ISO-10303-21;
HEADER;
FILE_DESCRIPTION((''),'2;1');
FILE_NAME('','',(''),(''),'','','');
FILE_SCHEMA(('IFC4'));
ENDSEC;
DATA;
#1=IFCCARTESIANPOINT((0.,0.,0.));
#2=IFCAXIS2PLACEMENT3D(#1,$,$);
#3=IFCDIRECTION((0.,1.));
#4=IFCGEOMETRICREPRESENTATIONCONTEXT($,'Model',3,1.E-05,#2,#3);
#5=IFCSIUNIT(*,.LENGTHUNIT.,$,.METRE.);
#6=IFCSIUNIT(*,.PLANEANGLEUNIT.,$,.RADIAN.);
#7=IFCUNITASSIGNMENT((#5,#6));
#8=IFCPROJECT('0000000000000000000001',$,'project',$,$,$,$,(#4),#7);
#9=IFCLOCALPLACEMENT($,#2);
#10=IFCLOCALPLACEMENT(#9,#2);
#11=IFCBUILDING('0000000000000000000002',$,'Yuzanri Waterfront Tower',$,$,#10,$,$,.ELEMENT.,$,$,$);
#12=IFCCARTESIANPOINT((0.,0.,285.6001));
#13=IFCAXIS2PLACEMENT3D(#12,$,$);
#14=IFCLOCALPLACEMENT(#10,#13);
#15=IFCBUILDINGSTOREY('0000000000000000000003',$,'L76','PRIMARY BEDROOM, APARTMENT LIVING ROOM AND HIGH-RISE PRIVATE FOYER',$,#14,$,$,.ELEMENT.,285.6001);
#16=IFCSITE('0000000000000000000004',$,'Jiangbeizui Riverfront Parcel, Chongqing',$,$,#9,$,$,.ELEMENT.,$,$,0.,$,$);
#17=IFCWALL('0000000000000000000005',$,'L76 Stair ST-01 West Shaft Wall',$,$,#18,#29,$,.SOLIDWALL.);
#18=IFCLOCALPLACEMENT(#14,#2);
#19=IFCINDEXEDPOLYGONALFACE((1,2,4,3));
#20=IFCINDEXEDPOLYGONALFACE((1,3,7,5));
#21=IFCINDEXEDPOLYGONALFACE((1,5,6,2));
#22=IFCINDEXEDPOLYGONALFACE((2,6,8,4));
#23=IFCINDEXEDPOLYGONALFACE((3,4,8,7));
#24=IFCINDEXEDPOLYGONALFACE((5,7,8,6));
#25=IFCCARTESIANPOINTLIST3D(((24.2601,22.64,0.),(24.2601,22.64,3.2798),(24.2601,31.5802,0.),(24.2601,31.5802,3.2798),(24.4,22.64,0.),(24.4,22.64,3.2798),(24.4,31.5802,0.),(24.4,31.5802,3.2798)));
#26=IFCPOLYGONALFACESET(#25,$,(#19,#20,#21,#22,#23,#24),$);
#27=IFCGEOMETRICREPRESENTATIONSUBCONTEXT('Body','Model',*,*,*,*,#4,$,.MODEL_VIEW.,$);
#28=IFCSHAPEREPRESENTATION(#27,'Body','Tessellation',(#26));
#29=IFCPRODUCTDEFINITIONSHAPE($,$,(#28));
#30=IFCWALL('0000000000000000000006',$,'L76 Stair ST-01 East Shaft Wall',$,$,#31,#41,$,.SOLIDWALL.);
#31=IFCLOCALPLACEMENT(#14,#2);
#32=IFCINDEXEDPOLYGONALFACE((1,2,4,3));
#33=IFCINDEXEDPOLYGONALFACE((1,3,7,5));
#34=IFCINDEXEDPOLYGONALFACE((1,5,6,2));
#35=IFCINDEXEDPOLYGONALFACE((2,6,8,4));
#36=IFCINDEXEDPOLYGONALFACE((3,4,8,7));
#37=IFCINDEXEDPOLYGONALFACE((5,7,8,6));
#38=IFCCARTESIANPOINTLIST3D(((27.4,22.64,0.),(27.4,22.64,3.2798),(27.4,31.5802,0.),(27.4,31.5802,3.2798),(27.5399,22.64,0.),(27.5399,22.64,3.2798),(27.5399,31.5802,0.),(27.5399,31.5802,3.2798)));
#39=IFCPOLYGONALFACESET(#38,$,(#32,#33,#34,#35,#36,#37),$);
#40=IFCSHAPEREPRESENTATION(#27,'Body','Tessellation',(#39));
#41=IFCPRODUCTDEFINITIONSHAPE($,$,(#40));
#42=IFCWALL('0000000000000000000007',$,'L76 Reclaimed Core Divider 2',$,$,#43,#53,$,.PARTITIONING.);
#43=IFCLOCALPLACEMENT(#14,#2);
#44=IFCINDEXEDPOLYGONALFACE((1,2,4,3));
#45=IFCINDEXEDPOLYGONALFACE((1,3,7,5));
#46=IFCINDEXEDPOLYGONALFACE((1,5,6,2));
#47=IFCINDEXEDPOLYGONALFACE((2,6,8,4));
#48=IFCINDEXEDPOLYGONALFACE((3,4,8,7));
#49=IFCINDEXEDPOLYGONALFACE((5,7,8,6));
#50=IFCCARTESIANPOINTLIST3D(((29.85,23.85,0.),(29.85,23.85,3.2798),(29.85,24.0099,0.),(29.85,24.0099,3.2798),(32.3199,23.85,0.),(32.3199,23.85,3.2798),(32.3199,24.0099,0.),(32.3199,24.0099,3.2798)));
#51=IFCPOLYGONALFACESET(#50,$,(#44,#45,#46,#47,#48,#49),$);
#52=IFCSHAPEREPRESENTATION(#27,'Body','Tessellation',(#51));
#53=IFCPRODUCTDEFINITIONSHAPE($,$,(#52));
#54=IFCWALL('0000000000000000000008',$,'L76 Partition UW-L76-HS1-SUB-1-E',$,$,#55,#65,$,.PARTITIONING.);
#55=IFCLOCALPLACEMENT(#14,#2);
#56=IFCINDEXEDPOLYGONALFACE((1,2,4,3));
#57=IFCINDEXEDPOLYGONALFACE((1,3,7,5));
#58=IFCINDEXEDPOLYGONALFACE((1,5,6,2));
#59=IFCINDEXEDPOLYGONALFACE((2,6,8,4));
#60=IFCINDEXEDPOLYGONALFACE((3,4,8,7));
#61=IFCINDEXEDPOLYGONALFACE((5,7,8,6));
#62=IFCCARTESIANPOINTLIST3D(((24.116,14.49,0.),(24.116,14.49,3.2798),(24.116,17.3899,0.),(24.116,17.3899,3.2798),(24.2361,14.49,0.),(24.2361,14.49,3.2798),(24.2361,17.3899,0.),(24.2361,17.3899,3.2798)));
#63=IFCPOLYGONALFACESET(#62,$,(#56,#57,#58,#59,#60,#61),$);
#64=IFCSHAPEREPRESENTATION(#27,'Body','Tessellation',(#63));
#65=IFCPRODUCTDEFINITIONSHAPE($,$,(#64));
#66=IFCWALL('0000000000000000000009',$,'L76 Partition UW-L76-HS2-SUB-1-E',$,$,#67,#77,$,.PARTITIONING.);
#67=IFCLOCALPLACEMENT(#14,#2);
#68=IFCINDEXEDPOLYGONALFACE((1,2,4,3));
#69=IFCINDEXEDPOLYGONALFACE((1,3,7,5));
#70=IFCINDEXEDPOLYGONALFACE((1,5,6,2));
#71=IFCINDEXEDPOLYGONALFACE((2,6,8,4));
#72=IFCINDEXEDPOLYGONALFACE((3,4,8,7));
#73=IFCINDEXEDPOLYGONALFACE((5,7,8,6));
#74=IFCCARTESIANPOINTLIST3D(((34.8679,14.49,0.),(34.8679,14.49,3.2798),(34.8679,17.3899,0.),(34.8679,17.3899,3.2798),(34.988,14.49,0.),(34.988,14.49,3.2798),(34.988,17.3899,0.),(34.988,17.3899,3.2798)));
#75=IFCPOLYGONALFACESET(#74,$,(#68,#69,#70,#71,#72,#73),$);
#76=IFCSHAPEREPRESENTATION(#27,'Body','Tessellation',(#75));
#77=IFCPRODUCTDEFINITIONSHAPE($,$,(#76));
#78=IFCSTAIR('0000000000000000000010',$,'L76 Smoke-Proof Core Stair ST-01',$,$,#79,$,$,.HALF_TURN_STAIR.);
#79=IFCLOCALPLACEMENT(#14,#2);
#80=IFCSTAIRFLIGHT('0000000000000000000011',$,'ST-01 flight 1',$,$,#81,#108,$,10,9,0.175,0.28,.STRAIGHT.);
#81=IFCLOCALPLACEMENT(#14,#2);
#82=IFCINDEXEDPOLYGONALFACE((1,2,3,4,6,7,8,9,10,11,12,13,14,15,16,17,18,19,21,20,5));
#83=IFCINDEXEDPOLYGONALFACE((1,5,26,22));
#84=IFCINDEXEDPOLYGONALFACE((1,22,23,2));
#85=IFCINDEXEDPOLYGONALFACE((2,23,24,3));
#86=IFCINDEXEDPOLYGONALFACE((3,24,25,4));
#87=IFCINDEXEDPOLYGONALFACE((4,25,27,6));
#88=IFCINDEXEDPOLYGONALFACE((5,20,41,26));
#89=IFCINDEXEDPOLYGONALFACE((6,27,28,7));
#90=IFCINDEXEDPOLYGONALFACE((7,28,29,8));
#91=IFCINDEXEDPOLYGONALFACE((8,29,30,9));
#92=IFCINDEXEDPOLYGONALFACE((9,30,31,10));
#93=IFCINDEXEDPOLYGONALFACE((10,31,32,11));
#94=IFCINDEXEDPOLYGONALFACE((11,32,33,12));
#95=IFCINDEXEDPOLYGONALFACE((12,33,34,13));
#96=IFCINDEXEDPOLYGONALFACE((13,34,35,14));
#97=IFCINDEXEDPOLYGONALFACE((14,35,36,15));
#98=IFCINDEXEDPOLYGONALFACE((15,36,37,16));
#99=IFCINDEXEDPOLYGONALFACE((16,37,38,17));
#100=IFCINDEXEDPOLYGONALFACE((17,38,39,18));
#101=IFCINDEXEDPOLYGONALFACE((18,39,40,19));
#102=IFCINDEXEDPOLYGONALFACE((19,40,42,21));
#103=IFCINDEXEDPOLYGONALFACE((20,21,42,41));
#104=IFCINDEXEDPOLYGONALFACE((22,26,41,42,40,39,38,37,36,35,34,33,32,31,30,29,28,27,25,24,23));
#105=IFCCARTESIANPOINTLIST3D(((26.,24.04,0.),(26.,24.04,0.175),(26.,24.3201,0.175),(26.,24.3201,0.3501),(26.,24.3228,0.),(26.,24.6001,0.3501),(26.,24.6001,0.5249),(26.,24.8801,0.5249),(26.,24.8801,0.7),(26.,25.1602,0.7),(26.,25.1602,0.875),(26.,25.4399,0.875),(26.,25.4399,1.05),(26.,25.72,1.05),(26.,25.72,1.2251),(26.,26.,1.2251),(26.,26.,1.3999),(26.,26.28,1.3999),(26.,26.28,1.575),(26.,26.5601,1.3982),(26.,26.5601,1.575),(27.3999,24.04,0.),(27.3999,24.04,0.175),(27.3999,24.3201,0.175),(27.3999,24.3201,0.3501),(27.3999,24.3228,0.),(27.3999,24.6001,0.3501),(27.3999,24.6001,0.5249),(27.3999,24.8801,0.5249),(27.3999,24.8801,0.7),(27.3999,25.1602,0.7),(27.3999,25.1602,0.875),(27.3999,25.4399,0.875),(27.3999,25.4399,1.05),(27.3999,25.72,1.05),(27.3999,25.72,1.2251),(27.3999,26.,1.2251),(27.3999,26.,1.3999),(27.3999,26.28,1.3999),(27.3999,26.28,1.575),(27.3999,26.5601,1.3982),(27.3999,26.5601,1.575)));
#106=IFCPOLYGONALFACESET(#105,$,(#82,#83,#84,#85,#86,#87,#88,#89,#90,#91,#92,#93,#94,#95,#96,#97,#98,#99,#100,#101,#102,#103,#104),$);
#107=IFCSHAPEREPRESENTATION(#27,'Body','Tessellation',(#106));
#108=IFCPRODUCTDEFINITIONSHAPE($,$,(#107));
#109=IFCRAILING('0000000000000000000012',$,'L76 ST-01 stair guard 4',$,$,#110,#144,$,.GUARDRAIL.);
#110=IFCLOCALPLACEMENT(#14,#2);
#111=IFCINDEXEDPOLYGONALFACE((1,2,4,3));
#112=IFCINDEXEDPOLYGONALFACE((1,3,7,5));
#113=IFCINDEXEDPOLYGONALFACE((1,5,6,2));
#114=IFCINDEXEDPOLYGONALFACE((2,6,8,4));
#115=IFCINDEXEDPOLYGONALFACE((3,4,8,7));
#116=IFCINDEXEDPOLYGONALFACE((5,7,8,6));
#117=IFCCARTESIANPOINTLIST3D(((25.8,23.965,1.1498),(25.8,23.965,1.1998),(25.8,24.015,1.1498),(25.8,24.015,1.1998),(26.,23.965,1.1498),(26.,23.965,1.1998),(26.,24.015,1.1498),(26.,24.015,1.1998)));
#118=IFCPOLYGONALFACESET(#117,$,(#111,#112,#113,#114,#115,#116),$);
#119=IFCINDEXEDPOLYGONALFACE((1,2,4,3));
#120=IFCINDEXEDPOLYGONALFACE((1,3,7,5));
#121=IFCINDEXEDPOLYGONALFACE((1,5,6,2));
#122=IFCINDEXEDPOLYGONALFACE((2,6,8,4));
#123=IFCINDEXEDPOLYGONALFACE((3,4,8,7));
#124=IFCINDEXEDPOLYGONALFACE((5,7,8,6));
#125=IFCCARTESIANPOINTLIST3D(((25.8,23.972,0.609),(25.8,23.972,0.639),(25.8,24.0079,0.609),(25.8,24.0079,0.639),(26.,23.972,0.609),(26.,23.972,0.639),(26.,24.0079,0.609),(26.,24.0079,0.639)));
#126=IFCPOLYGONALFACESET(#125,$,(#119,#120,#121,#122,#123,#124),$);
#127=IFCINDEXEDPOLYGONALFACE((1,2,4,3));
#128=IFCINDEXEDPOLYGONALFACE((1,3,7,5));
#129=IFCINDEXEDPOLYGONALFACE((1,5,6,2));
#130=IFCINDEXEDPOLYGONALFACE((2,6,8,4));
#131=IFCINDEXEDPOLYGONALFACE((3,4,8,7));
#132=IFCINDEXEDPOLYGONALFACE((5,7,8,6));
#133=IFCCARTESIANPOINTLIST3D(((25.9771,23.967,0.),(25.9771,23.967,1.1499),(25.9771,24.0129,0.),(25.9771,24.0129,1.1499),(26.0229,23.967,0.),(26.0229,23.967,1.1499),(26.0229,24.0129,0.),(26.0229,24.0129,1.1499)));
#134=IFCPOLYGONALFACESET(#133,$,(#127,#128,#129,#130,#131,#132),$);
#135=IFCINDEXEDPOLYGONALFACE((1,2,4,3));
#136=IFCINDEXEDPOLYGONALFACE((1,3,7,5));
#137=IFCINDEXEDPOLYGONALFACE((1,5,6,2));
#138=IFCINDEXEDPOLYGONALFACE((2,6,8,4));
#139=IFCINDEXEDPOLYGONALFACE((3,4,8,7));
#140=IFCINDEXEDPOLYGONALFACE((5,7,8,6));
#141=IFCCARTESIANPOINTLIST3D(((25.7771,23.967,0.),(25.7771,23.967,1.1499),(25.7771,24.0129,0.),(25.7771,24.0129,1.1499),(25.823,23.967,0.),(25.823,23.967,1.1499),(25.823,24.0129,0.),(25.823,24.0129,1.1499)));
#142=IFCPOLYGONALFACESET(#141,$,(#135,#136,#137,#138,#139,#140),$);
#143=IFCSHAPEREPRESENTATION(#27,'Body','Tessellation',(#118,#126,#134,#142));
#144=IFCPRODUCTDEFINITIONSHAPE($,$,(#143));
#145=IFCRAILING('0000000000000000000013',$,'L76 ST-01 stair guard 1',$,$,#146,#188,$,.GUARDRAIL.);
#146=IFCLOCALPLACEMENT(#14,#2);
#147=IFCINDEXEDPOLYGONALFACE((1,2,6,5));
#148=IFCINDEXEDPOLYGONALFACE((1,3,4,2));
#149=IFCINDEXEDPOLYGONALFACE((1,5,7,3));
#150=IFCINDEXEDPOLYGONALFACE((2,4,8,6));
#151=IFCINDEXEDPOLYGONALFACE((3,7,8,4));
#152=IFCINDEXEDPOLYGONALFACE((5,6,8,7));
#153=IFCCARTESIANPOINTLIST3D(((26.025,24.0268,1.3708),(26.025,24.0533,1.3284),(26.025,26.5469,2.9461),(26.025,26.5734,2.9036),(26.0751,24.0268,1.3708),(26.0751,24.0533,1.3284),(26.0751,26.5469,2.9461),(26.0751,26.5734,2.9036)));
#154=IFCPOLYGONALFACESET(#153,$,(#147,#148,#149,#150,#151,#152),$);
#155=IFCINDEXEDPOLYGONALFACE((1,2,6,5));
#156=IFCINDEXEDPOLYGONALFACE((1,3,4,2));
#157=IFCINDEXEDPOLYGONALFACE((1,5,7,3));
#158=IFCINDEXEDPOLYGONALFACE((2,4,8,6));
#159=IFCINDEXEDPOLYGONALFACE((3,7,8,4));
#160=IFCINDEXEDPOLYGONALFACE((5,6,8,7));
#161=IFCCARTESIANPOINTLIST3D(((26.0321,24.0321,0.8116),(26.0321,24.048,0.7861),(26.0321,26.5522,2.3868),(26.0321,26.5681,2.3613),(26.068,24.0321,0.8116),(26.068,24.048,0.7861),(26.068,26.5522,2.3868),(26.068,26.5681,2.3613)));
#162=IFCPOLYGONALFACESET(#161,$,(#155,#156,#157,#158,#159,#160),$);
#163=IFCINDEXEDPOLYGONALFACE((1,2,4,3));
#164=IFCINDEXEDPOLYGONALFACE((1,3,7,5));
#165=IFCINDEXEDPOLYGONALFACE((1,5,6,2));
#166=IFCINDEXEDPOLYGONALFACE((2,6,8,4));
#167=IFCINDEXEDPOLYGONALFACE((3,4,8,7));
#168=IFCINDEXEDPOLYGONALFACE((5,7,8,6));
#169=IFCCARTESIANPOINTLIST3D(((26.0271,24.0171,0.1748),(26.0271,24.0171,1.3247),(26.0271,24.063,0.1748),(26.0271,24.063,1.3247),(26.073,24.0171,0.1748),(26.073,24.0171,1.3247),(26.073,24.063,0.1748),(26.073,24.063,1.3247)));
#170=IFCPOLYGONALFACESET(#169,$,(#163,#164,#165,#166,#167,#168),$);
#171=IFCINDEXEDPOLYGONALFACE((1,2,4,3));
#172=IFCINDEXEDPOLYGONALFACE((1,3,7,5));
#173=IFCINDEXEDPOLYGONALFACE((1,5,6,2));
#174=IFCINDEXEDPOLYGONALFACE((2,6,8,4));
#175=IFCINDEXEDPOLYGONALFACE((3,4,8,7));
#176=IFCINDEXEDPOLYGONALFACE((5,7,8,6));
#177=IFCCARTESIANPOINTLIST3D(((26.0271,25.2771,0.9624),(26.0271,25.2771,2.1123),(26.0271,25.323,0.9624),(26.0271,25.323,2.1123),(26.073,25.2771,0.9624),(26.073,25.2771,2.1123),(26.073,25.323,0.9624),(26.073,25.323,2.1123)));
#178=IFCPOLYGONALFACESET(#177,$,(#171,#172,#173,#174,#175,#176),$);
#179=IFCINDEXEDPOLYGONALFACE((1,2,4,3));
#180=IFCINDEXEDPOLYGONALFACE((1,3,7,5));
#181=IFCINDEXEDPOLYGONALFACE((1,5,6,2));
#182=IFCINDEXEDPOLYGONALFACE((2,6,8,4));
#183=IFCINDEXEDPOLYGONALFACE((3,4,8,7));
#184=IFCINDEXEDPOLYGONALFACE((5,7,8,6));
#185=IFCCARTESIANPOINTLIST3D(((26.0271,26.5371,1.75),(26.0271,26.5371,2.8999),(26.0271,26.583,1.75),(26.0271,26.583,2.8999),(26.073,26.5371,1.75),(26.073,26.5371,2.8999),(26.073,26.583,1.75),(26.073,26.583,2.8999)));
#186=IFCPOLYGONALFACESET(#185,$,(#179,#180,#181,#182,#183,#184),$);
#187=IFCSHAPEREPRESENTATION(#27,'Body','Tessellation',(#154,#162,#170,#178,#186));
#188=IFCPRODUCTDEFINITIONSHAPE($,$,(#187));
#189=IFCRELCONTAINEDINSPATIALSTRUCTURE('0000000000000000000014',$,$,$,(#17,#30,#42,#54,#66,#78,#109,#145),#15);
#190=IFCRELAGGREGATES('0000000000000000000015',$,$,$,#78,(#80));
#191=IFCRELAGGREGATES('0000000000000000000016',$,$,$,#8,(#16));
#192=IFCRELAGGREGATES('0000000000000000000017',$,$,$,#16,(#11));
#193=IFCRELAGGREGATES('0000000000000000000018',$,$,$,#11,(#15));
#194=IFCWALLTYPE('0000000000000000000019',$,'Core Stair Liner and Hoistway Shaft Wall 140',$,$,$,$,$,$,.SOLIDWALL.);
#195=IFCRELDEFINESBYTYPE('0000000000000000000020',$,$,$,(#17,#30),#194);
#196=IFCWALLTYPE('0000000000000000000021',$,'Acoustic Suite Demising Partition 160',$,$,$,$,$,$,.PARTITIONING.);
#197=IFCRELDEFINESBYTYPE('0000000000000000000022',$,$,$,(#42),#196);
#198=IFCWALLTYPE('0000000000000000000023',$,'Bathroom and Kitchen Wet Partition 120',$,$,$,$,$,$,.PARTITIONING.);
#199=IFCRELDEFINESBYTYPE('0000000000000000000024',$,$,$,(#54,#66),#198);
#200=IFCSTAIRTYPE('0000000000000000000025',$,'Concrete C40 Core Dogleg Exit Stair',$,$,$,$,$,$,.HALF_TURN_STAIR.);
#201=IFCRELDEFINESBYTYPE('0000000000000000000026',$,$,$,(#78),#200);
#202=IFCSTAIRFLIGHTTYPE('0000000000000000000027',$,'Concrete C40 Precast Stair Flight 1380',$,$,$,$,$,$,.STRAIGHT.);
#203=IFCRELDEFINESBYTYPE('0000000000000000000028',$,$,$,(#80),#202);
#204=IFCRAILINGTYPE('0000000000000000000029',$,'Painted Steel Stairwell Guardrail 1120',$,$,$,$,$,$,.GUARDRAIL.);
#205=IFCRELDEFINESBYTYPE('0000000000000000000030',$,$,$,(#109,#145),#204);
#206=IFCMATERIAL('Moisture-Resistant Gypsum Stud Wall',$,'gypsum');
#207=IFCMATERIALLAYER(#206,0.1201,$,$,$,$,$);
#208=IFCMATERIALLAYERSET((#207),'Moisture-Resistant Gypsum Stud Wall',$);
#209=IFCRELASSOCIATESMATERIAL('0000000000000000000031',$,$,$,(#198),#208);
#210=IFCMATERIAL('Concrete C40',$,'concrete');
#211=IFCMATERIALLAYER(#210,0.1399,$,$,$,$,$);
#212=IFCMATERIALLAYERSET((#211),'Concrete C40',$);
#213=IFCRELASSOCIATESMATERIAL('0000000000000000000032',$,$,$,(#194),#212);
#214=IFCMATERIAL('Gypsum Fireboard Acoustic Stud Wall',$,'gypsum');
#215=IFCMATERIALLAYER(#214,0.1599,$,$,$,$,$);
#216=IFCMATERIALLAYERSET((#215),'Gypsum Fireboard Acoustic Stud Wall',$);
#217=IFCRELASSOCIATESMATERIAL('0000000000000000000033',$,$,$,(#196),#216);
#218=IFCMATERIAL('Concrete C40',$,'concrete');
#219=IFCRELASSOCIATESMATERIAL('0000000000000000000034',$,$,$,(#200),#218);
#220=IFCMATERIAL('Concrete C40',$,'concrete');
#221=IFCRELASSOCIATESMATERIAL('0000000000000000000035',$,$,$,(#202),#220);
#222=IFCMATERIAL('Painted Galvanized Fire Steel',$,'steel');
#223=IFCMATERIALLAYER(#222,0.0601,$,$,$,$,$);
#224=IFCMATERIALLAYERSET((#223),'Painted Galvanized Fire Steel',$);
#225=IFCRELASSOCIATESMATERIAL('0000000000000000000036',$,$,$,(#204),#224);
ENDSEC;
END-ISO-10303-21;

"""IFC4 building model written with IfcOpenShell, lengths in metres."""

from ifc_helpers import new_model, si_unit, direction, frame, frame_2d, origin, origin_2d, place, context, subcontext, project, spatial, polyline, rectangle, outline, extrude, source, transform, mapped, material, layer, layer_set, type_object, element, aggregate, save


model = new_model("IFC4")

# Units and contexts
model_context = context("Model", 3, precision=1e-05, world=origin(), true_north=direction((0.0, 1.0)))
body_context = subcontext(model_context, "Body", "Model", "MODEL_VIEW")
ifc_project = project(units=[si_unit("LENGTHUNIT", "METRE"), si_unit("PLANEANGLEUNIT", "RADIAN")], contexts=[model_context])

# Site, building, storey
site_placement = place(None, origin())
site = spatial("IfcSite", under=ifc_project, at=site_placement, Name="Jiangbeizui Riverfront Parcel, Chongqing", CompositionType="ELEMENT", RefElevation=0.0)
building_placement = place(site_placement, origin())
building = spatial("IfcBuilding", under=site, at=building_placement, Name="Yuzanri Waterfront Tower", CompositionType="ELEMENT")
storey_placement = place(building_placement, frame((0.0, 0.0, 285.6001)))
storey = spatial("IfcBuildingStorey", under=building, at=storey_placement, Name="L76", Description="PRIMARY BEDROOM, APARTMENT LIVING ROOM AND HIGH-RISE PRIVATE FOYER", CompositionType="ELEMENT", Elevation=285.6001)

# Shared definitions
ifc_material_1 = material(Name="Moisture-Resistant Gypsum Stud Wall", Category="gypsum")
ifc_layer_1 = layer(ifc_material_1, 0.1201)
ifc_layer_set_1 = layer_set([ifc_layer_1], Name="Moisture-Resistant Gypsum Stud Wall")
wall_type_1 = type_object("IfcWallType", Name="Bathroom and Kitchen Wet Partition 120", PredefinedType="PARTITIONING", material=ifc_layer_set_1)
ifc_material_2 = material(Name="Concrete C40", Category="concrete")
ifc_layer_2 = layer(ifc_material_2, 0.1399)
ifc_layer_set_2 = layer_set([ifc_layer_2], Name="Concrete C40")
wall_type_2 = type_object("IfcWallType", Name="Core Stair Liner and Hoistway Shaft Wall 140", PredefinedType="SOLIDWALL", material=ifc_layer_set_2)

# Walls
shared_shape_1 = source(origin(), body_context, "Body", "SweptSolid", [
    extrude(rectangle(XDim=8.9402, YDim=0.1399, at=frame_2d((4.4702, 0.0))), origin(), (0.0, 0.0, 1.0), 3.2798),
])
for number, where, z_axis, x_axis, name in (
    (1, (24.3301, 22.6399, 0.0), (0.0, 0.0, 1.0), (0.0, 1.0, 0.0), "L76 Stair ST-01 West Shaft Wall"),
    (2, (27.47, 22.6399, 0.0), (0.0, 0.0, 1.0), (0.0, 1.0, 0.0), "L76 Stair ST-01 East Shaft Wall"),
):
    element("IfcWall", number, at=place(storey_placement, frame(where, z_axis=z_axis, x_axis=x_axis)), inside=storey, type_object=wall_type_2, Name=name, PredefinedType="SOLIDWALL", context=body_context, shape_type="MappedRepresentation", body=[
        mapped(shared_shape_1, transform((0.0, 0.0, 0.0), scale=1.0)),
    ])
ifc_material_3 = material(Name="Gypsum Fireboard Acoustic Stud Wall", Category="gypsum")
ifc_layer_3 = layer(ifc_material_3, 0.1599)
ifc_layer_set_3 = layer_set([ifc_layer_3], Name="Gypsum Fireboard Acoustic Stud Wall")
wall_type_3 = type_object("IfcWallType", Name="Acoustic Suite Demising Partition 160", PredefinedType="PARTITIONING", material=ifc_layer_set_3)
shared_shape_2 = source(origin(), body_context, "Body", "SweptSolid", [
    extrude(rectangle(XDim=2.47, YDim=0.1599, at=frame_2d((1.2349, 0.0))), origin(), (0.0, 0.0, 1.0), 3.2798),
])
wall_1_placement = place(storey_placement, frame((29.8501, 23.9299, 0.0), z_axis=(0.0, 0.0, 1.0), x_axis=(1.0, 0.0, 0.0)))
element("IfcWall", 3, at=wall_1_placement, inside=storey, type_object=wall_type_3, Name="L76 Reclaimed Core Divider 2", PredefinedType="PARTITIONING", context=body_context, shape_type="MappedRepresentation", body=[
    mapped(shared_shape_2, transform((0.0, 0.0, 0.0), scale=1.0)),
])
shared_shape_3 = source(origin(), body_context, "Body", "SweptSolid", [
    extrude(rectangle(XDim=2.8999, YDim=0.1201, at=frame_2d((1.45, 0.0))), origin(), (0.0, 0.0, 1.0), 3.2798),
])
for number, where, z_axis, x_axis, name in (
    (4, (24.176, 14.49, 0.0), (0.0, 0.0, 1.0), (0.0, 1.0, 0.0), "L76 Partition UW-L76-HS1-SUB-1-E"),
    (5, (34.928, 14.49, 0.0), (0.0, 0.0, 1.0), (0.0, 1.0, 0.0), "L76 Partition UW-L76-HS2-SUB-1-E"),
):
    element("IfcWall", number, at=place(storey_placement, frame(where, z_axis=z_axis, x_axis=x_axis)), inside=storey, type_object=wall_type_1, Name=name, PredefinedType="PARTITIONING", context=body_context, shape_type="MappedRepresentation", body=[
        mapped(shared_shape_3, transform((0.0, 0.0, 0.0), scale=1.0)),
    ])

# Stair, stair flight
ifc_material_4 = material(Name="Concrete C40", Category="concrete")
stair_type = type_object("IfcStairType", Name="Concrete C40 Core Dogleg Exit Stair", PredefinedType="HALF_TURN_STAIR", material=ifc_material_4)
stair_placement = place(storey_placement, origin())
stair = element("IfcStair", 6, at=stair_placement, inside=storey, type_object=stair_type, Name="L76 Smoke-Proof Core Stair ST-01", PredefinedType="HALF_TURN_STAIR")
ifc_material_5 = material(Name="Concrete C40", Category="concrete")
stair_flight_type = type_object("IfcStairFlightType", Name="Concrete C40 Precast Stair Flight 1380", PredefinedType="STRAIGHT", material=ifc_material_5)
shared_shape_4 = source(origin(), body_context, "Body", "SweptSolid", [
    extrude(outline(polyline([(0.0, 0.0), (0.0, 0.175), (0.28, 0.175), (0.28, 0.3501), (0.5601, 0.3501), (0.5601, 0.5249), (0.8401, 0.5249), (0.8401, 0.7), (1.1201, 0.7), (1.1201, 0.875), (1.3999, 0.875), (1.3999, 1.05), (1.6799, 1.05), (1.6799, 1.2251), (1.96, 1.2251), (1.96, 1.3999), (2.24, 1.3999), (2.24, 1.575), (2.52, 1.575), (2.52, 1.75), (2.52, 1.3982), (0.2827, 0.0), (0.0, 0.0)])), frame((0.0, 0.7, 0.0), z_axis=(0.0, -1.0, 0.0), x_axis=(1.0, 0.0, 0.0)), (0.0, 0.0, 1.0), 1.3999),
])
stair_flight_placement = place(storey_placement, frame((26.7, 24.04, 0.0), z_axis=(0.0, 0.0, 1.0), x_axis=(0.0, 1.0, 0.0)))
stair_flight = element("IfcStairFlight", 7, at=stair_flight_placement, type_object=stair_flight_type, Name="ST-01 flight 1", NumberOfRisers=10, NumberOfTreads=9, PredefinedType="STRAIGHT", RiserHeight=0.175, TreadLength=0.28, context=body_context, shape_type="MappedRepresentation", body=[
    mapped(shared_shape_4, transform((0.0, 0.0, 0.0), scale=1.0)),
])
aggregate(stair, [stair_flight])

# Railings
ifc_material_6 = material(Name="Painted Galvanized Fire Steel", Category="steel")
ifc_layer_4 = layer(ifc_material_6, 0.0601)
ifc_layer_set_4 = layer_set([ifc_layer_4], Name="Painted Galvanized Fire Steel")
railing_type_1 = type_object("IfcRailingType", Name="Painted Steel Stairwell Guardrail 1120", PredefinedType="GUARDRAIL", material=ifc_layer_set_4)
shared_shape_5 = source(origin(), body_context, "Body", "SweptSolid", [
    extrude(rectangle(XDim=0.05, YDim=0.05, at=origin_2d()), frame((0.0, 0.0, 1.1748), z_axis=(-1.0, 0.0, 0.0), x_axis=(0.0, -1.0, 0.0)), (0.0, 0.0, 1.0), 0.2),
    extrude(rectangle(XDim=0.0359, YDim=0.03, at=origin_2d()), frame((0.0, 0.0, 0.624), z_axis=(-1.0, 0.0, 0.0), x_axis=(0.0, -1.0, 0.0)), (0.0, 0.0, 1.0), 0.2),
    extrude(rectangle(XDim=0.0459, YDim=0.0459, at=origin_2d()), origin(), (0.0, 0.0, 1.0), 1.1499),
    extrude(rectangle(XDim=0.0459, YDim=0.0459, at=origin_2d()), frame((-0.2, 0.0, 0.0)), (0.0, 0.0, 1.0), 1.1499),
])
railing_1_placement = place(storey_placement, frame((26.0, 23.99, 0.0)))
element("IfcRailing", 8, at=railing_1_placement, inside=storey, type_object=railing_type_1, Name="L76 ST-01 stair guard 4", PredefinedType="GUARDRAIL", context=body_context, shape_type="MappedRepresentation", body=[
    mapped(shared_shape_5, transform((0.0, 0.0, 0.0), scale=1.0)),
])
shared_shape_6 = source(origin(), body_context, "Body", "SweptSolid", [
    extrude(rectangle(XDim=0.05, YDim=0.05, at=origin_2d()), frame((0.0, 0.0, 1.1748), z_axis=(0.0, 0.847971, 0.530043), x_axis=(-1.0, 0.0, 0.0)), (0.0, 0.0, 1.0), 2.9719),
    extrude(rectangle(XDim=0.0359, YDim=0.03, at=origin_2d()), frame((0.0, 0.0, 0.624), z_axis=(0.0, 0.847971, 0.530043), x_axis=(-1.0, 0.0, 0.0)), (0.0, 0.0, 1.0), 2.9719),
    extrude(rectangle(XDim=0.0459, YDim=0.0459, at=origin_2d()), origin(), (0.0, 0.0, 1.0), 1.1499),
    extrude(rectangle(XDim=0.0459, YDim=0.0459, at=origin_2d()), frame((0.0, 1.26, 0.7876)), (0.0, 0.0, 1.0), 1.1499),
    extrude(rectangle(XDim=0.0459, YDim=0.0459, at=origin_2d()), frame((0.0, 2.52, 1.5752)), (0.0, 0.0, 1.0), 1.1499),
])
railing_2_placement = place(storey_placement, frame((26.05, 24.04, 0.1748)))
element("IfcRailing", 9, at=railing_2_placement, inside=storey, type_object=railing_type_1, Name="L76 ST-01 stair guard 1", PredefinedType="GUARDRAIL", context=body_context, shape_type="MappedRepresentation", body=[
    mapped(shared_shape_6, transform((0.0, 0.0, 0.0), scale=1.0)),
])

save(model, "model.ifc")
